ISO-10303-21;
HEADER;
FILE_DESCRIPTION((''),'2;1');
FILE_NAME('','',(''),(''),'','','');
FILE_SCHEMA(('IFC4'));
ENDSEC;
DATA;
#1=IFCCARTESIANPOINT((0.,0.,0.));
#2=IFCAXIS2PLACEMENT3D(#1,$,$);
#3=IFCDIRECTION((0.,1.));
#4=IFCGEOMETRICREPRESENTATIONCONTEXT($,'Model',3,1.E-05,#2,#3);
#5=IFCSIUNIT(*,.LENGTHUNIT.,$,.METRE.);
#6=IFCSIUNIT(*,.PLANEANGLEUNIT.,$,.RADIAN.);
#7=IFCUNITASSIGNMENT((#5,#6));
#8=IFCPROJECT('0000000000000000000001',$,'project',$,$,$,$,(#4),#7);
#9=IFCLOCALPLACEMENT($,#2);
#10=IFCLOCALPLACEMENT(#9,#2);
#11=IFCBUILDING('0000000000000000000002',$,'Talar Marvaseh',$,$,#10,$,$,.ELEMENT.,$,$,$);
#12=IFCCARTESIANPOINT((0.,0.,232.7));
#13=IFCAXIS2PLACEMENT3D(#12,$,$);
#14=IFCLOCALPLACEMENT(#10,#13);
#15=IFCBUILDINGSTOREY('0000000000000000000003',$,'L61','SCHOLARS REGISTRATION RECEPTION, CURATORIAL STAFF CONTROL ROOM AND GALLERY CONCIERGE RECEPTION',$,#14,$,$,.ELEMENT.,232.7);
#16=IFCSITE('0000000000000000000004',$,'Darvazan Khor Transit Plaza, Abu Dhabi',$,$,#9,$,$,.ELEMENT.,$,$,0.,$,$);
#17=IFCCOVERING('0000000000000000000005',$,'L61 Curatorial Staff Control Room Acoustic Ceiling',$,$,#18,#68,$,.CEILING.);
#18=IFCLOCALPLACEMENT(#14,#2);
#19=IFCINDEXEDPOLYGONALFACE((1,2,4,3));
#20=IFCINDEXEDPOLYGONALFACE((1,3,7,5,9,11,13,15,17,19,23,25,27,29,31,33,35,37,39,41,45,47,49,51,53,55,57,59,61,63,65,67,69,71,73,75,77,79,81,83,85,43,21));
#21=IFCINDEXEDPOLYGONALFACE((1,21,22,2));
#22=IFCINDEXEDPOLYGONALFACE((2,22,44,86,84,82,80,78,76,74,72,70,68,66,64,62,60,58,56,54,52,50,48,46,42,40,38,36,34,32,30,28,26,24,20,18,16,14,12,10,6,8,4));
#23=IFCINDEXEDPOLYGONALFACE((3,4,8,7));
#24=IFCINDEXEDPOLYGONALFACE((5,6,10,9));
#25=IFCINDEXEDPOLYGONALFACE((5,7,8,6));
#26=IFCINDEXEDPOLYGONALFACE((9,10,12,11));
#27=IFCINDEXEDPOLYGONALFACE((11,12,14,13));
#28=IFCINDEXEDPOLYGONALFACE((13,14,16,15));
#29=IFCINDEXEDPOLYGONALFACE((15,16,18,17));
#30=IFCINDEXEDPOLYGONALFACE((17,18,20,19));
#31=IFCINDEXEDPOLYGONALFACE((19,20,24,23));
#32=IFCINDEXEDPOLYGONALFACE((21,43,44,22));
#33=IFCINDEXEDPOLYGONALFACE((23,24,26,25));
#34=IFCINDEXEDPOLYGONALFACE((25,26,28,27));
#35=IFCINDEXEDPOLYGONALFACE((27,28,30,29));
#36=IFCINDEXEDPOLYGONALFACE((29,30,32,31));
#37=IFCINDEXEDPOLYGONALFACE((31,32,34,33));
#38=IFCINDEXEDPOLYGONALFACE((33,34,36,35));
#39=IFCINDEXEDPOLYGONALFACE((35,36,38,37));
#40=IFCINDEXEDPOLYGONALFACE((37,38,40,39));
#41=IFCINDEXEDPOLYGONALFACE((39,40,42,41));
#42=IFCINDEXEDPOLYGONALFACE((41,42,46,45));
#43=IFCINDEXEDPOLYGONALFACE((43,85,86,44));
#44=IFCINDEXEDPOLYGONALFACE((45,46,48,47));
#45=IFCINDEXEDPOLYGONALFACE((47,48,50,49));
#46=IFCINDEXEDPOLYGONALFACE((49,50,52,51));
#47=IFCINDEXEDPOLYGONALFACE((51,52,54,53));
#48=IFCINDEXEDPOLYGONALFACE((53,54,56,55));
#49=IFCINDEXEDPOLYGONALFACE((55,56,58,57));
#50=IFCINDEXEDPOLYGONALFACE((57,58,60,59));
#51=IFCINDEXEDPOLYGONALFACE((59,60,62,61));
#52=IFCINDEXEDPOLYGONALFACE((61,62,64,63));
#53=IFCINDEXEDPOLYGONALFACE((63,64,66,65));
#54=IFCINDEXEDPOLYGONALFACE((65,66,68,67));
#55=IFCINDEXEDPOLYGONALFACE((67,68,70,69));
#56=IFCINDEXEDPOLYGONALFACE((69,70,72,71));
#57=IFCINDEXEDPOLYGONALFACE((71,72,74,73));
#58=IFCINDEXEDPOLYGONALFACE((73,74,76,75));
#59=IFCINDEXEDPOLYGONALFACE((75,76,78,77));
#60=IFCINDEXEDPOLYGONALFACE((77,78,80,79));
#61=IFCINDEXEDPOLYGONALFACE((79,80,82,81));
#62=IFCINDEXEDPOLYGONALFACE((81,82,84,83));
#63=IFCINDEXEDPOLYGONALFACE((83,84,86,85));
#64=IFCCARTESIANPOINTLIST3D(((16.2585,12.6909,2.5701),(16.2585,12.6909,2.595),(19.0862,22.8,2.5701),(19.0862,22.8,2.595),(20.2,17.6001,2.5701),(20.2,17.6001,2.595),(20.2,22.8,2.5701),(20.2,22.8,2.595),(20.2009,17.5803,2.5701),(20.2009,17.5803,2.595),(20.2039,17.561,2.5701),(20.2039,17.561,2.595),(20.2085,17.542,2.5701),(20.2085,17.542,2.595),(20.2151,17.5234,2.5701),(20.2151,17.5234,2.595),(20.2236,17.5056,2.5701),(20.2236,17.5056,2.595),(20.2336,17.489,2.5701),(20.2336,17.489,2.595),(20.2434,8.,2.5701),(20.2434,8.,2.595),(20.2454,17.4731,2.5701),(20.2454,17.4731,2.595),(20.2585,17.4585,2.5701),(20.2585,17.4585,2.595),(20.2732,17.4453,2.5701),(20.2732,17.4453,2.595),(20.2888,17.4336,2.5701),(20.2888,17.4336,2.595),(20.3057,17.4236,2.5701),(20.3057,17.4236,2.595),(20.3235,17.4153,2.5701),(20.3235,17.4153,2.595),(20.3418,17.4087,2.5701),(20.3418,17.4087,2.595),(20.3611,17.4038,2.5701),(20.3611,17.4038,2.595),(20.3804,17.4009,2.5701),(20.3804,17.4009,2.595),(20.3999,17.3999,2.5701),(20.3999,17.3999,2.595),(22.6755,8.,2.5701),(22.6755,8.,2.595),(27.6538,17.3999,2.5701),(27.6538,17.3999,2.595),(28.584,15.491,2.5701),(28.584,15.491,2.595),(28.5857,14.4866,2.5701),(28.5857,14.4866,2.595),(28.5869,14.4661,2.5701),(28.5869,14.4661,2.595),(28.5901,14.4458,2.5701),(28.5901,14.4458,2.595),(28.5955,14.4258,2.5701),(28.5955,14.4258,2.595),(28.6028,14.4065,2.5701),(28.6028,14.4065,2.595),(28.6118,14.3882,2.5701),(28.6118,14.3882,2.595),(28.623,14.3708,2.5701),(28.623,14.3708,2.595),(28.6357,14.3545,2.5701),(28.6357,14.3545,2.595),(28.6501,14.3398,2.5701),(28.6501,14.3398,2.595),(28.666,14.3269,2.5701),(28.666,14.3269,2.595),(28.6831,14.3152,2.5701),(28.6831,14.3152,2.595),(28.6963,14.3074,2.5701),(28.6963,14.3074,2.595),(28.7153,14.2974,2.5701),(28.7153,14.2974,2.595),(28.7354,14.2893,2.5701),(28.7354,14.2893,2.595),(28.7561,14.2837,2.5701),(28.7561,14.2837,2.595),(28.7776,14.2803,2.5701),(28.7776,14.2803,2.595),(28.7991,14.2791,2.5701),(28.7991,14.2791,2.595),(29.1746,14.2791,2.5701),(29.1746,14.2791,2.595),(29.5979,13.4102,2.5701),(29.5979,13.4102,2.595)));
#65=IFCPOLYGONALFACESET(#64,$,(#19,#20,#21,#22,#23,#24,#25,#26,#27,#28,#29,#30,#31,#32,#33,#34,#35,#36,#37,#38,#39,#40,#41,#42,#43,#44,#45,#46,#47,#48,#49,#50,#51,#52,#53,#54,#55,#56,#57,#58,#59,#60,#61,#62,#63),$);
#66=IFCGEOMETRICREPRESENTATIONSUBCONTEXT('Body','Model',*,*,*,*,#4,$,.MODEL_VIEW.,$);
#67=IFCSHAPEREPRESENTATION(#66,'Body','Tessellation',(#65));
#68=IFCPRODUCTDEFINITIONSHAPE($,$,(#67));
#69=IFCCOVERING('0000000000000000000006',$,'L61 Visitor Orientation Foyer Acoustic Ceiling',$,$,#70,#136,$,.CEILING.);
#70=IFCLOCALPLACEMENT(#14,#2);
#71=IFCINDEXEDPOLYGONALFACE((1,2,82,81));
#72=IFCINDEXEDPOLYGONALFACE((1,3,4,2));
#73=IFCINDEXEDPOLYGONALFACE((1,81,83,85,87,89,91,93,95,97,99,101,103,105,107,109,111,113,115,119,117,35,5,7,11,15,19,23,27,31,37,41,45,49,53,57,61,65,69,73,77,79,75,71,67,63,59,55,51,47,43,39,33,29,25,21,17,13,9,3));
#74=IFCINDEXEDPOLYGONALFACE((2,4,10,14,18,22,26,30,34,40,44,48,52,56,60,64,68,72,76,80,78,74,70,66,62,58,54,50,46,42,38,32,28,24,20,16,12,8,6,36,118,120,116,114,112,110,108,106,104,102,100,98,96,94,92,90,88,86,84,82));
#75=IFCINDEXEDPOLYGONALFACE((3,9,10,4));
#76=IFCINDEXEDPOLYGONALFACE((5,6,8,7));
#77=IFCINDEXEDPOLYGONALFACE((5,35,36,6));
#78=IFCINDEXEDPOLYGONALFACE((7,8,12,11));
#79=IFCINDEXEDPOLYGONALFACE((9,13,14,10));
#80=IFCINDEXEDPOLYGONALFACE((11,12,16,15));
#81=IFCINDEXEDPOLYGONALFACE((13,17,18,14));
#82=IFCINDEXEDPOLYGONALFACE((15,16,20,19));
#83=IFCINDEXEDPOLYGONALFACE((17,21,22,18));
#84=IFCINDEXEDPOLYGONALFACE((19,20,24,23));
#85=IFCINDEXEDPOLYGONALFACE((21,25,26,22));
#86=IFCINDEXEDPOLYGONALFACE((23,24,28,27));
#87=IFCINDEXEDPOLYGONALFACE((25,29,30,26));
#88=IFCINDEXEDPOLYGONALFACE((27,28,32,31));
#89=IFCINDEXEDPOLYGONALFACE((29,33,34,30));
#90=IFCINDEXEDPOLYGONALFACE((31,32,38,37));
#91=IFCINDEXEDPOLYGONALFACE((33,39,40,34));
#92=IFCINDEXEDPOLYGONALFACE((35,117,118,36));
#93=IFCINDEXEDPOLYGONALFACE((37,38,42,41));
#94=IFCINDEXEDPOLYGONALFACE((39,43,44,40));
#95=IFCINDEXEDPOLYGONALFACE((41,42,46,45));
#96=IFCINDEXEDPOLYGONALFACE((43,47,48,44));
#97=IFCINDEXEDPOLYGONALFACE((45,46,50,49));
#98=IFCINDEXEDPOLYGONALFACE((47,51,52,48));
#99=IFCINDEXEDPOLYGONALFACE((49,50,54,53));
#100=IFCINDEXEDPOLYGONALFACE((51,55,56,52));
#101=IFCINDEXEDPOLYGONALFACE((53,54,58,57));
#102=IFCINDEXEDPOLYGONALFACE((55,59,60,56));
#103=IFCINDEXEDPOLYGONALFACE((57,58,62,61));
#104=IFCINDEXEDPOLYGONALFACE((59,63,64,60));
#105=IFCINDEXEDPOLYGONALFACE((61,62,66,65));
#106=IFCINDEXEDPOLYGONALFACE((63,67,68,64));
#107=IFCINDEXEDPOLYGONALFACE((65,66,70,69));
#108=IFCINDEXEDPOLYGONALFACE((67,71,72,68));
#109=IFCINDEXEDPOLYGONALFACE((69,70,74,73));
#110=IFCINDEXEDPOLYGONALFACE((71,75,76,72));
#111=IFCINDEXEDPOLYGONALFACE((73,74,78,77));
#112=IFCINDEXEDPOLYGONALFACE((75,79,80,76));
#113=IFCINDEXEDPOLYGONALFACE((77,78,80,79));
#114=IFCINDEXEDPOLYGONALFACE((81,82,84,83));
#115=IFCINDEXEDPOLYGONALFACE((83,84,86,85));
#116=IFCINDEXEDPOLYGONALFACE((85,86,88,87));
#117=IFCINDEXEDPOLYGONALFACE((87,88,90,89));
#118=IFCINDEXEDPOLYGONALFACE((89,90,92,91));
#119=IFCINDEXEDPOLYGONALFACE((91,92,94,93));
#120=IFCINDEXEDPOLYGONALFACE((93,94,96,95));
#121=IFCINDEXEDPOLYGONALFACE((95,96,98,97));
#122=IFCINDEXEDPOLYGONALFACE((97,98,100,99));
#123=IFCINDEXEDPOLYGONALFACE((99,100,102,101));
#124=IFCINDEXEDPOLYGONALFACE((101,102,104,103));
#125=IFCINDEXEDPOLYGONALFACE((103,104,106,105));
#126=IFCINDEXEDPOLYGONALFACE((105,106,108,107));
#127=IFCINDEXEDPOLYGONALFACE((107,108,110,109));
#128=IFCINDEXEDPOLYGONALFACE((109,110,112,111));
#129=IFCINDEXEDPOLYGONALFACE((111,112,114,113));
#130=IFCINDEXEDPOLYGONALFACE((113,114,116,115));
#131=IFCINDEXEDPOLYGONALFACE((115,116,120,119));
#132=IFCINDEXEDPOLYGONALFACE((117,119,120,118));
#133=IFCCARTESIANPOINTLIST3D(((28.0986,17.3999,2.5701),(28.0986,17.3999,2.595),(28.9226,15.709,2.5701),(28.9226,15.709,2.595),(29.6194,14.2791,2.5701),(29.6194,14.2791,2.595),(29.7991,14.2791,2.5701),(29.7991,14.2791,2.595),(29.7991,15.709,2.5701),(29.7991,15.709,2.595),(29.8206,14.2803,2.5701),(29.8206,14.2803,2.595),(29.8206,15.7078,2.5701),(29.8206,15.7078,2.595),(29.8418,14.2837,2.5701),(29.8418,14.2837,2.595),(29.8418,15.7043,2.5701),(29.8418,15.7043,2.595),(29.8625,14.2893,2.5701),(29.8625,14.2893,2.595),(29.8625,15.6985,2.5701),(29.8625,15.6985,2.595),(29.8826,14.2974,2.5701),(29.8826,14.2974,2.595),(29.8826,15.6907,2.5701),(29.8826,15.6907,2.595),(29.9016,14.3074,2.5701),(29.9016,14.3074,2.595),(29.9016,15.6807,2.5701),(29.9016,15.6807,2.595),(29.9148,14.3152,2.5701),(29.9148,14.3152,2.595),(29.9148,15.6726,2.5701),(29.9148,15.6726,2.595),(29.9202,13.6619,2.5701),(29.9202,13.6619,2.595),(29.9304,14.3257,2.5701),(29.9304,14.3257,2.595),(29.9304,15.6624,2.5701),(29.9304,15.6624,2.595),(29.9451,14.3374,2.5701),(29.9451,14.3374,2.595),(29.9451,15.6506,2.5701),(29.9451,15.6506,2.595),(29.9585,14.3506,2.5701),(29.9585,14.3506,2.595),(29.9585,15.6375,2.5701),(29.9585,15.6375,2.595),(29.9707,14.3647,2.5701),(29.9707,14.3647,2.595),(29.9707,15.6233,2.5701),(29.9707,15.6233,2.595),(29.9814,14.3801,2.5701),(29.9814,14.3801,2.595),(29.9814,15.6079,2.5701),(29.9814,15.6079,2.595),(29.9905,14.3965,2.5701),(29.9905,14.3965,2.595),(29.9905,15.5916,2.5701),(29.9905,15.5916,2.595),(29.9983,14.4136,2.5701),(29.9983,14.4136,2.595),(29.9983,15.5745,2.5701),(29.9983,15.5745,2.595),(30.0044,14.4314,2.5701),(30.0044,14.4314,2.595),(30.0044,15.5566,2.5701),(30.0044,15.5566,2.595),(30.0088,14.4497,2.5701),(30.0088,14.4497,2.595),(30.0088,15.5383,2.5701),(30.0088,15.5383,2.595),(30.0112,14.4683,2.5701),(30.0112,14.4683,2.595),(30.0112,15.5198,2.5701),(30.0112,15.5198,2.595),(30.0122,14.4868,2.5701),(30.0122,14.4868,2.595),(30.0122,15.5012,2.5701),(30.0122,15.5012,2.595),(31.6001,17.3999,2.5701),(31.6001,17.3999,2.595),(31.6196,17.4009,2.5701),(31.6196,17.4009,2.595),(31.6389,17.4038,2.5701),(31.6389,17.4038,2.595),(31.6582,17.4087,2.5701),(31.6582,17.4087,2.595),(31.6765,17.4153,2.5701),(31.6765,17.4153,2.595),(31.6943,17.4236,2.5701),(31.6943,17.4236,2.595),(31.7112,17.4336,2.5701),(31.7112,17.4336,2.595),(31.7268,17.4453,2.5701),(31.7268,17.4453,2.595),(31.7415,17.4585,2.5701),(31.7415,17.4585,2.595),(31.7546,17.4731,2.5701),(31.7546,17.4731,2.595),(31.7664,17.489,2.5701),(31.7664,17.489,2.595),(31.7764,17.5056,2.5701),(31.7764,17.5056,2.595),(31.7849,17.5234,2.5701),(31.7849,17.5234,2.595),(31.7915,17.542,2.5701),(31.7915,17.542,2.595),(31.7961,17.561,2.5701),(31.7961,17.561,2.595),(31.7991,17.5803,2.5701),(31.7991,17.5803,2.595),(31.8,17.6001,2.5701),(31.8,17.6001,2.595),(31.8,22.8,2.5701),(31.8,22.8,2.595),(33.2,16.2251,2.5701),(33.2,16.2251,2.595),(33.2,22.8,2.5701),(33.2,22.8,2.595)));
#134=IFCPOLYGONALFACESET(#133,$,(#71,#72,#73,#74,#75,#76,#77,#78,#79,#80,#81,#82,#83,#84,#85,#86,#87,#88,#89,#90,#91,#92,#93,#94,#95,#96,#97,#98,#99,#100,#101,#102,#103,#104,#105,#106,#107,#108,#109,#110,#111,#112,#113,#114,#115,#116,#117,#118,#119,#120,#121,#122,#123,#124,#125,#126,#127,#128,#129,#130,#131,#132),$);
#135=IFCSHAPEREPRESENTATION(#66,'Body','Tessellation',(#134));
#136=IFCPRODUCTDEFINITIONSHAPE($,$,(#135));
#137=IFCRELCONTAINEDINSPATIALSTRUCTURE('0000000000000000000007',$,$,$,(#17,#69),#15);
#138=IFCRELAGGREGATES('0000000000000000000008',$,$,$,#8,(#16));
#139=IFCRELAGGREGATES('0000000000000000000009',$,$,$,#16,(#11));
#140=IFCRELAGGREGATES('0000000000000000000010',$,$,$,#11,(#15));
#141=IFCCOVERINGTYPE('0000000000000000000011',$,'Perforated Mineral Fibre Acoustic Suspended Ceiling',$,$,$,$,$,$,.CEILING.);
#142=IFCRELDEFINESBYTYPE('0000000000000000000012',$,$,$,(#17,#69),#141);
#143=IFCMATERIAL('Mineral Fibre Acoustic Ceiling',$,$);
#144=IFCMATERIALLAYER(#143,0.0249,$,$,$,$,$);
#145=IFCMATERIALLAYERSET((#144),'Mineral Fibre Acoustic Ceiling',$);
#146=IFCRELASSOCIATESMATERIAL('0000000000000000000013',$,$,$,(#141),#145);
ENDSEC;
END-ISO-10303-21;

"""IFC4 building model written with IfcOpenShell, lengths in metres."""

from ifc_helpers import new_model, si_unit, direction, frame, origin, place, context, subcontext, project, spatial, polyline, outline, extrude, material, layer, layer_set, type_object, element, save


model = new_model("IFC4")

# Units and contexts
model_context = context("Model", 3, precision=1e-05, world=origin(), true_north=direction((0.0, 1.0)))
body_context = subcontext(model_context, "Body", "Model", "MODEL_VIEW")
ifc_project = project(units=[si_unit("LENGTHUNIT", "METRE"), si_unit("PLANEANGLEUNIT", "RADIAN")], contexts=[model_context])

# Site, building, storey
site_placement = place(None, origin())
site = spatial("IfcSite", under=ifc_project, at=site_placement, Name="Darvazan Khor Transit Plaza, Abu Dhabi", CompositionType="ELEMENT", RefElevation=0.0)
building_placement = place(site_placement, origin())
building = spatial("IfcBuilding", under=site, at=building_placement, Name="Talar Marvaseh", CompositionType="ELEMENT")
storey_placement = place(building_placement, frame((0.0, 0.0, 232.7)))
storey = spatial("IfcBuildingStorey", under=building, at=storey_placement, Name="L61", Description="SCHOLARS REGISTRATION RECEPTION, CURATORIAL STAFF CONTROL ROOM AND GALLERY CONCIERGE RECEPTION", CompositionType="ELEMENT", Elevation=232.7)

# Coverings
ifc_material_1 = material(Name="Mineral Fibre Acoustic Ceiling")
ifc_layer_1 = layer(ifc_material_1, 0.0249)
ifc_layer_set_1 = layer_set([ifc_layer_1], Name="Mineral Fibre Acoustic Ceiling")
covering_type_1 = type_object("IfcCoveringType", Name="Perforated Mineral Fibre Acoustic Suspended Ceiling", PredefinedType="CEILING", material=ifc_layer_set_1)
covering_1_placement = place(storey_placement, frame((0.0, 0.0, 2.5701)))
element("IfcCovering", 1, at=covering_1_placement, inside=storey, type_object=covering_type_1, Name="L61 Curatorial Staff Control Room Acoustic Ceiling", PredefinedType="CEILING", context=body_context, shape_type="SweptSolid", body=[
    extrude(outline(polyline([(19.0862, 22.8), (20.2, 22.8), (20.2, 17.6001), (20.2009, 17.5803), (20.2039, 17.561), (20.2085, 17.542), (20.2151, 17.5234), (20.2236, 17.5056), (20.2336, 17.489), (20.2454, 17.4731), (20.2585, 17.4585), (20.2732, 17.4453), (20.2888, 17.4336), (20.3057, 17.4236), (20.3235, 17.4153), (20.3418, 17.4087), (20.3611, 17.4038), (20.3804, 17.4009), (20.3999, 17.3999), (27.6538, 17.3999), (28.584, 15.491), (28.5857, 14.4866), (28.5869, 14.4661), (28.5901, 14.4458), (28.5955, 14.4258), (28.6028, 14.4065), (28.6118, 14.3882), (28.623, 14.3708), (28.6357, 14.3545), (28.6501, 14.3398), (28.666, 14.3269), (28.6831, 14.3152), (28.6963, 14.3074), (28.7153, 14.2974), (28.7354, 14.2893), (28.7561, 14.2837), (28.7776, 14.2803), (28.7991, 14.2791), (29.1746, 14.2791), (29.5979, 13.4102), (22.6755, 8.0), (20.2434, 8.0), (16.2585, 12.6909), (19.0862, 22.8)])), origin(), (0.0, 0.0, 1.0), 0.0249),
])
covering_2_placement = place(storey_placement, frame((0.0, 0.0, 2.5701)))
element("IfcCovering", 2, at=covering_2_placement, inside=storey, type_object=covering_type_1, Name="L61 Visitor Orientation Foyer Acoustic Ceiling", PredefinedType="CEILING", context=body_context, shape_type="SweptSolid", body=[
    extrude(outline(polyline([(29.7991, 14.2791), (29.8206, 14.2803), (29.8418, 14.2837), (29.8625, 14.2893), (29.8826, 14.2974), (29.9016, 14.3074), (29.9148, 14.3152), (29.9304, 14.3257), (29.9451, 14.3374), (29.9585, 14.3506), (29.9707, 14.3647), (29.9814, 14.3801), (29.9905, 14.3965), (29.9983, 14.4136), (30.0044, 14.4314), (30.0088, 14.4497), (30.0112, 14.4683), (30.0122, 14.4868), (30.0122, 15.5012), (30.0112, 15.5198), (30.0088, 15.5383), (30.0044, 15.5566), (29.9983, 15.5745), (29.9905, 15.5916), (29.9814, 15.6079), (29.9707, 15.6233), (29.9585, 15.6375), (29.9451, 15.6506), (29.9304, 15.6624), (29.9148, 15.6726), (29.9016, 15.6807), (29.8826, 15.6907), (29.8625, 15.6985), (29.8418, 15.7043), (29.8206, 15.7078), (29.7991, 15.709), (28.9226, 15.709), (28.0986, 17.3999), (31.6001, 17.3999), (31.6196, 17.4009), (31.6389, 17.4038), (31.6582, 17.4087), (31.6765, 17.4153), (31.6943, 17.4236), (31.7112, 17.4336), (31.7268, 17.4453), (31.7415, 17.4585), (31.7546, 17.4731), (31.7664, 17.489), (31.7764, 17.5056), (31.7849, 17.5234), (31.7915, 17.542), (31.7961, 17.561), (31.7991, 17.5803), (31.8, 17.6001), (31.8, 22.8), (33.2, 22.8), (33.2, 16.2251), (29.9202, 13.6619), (29.6194, 14.2791), (29.7991, 14.2791)])), origin(), (0.0, 0.0, 1.0), 0.0249),
])

save(model, "model.ifc")
